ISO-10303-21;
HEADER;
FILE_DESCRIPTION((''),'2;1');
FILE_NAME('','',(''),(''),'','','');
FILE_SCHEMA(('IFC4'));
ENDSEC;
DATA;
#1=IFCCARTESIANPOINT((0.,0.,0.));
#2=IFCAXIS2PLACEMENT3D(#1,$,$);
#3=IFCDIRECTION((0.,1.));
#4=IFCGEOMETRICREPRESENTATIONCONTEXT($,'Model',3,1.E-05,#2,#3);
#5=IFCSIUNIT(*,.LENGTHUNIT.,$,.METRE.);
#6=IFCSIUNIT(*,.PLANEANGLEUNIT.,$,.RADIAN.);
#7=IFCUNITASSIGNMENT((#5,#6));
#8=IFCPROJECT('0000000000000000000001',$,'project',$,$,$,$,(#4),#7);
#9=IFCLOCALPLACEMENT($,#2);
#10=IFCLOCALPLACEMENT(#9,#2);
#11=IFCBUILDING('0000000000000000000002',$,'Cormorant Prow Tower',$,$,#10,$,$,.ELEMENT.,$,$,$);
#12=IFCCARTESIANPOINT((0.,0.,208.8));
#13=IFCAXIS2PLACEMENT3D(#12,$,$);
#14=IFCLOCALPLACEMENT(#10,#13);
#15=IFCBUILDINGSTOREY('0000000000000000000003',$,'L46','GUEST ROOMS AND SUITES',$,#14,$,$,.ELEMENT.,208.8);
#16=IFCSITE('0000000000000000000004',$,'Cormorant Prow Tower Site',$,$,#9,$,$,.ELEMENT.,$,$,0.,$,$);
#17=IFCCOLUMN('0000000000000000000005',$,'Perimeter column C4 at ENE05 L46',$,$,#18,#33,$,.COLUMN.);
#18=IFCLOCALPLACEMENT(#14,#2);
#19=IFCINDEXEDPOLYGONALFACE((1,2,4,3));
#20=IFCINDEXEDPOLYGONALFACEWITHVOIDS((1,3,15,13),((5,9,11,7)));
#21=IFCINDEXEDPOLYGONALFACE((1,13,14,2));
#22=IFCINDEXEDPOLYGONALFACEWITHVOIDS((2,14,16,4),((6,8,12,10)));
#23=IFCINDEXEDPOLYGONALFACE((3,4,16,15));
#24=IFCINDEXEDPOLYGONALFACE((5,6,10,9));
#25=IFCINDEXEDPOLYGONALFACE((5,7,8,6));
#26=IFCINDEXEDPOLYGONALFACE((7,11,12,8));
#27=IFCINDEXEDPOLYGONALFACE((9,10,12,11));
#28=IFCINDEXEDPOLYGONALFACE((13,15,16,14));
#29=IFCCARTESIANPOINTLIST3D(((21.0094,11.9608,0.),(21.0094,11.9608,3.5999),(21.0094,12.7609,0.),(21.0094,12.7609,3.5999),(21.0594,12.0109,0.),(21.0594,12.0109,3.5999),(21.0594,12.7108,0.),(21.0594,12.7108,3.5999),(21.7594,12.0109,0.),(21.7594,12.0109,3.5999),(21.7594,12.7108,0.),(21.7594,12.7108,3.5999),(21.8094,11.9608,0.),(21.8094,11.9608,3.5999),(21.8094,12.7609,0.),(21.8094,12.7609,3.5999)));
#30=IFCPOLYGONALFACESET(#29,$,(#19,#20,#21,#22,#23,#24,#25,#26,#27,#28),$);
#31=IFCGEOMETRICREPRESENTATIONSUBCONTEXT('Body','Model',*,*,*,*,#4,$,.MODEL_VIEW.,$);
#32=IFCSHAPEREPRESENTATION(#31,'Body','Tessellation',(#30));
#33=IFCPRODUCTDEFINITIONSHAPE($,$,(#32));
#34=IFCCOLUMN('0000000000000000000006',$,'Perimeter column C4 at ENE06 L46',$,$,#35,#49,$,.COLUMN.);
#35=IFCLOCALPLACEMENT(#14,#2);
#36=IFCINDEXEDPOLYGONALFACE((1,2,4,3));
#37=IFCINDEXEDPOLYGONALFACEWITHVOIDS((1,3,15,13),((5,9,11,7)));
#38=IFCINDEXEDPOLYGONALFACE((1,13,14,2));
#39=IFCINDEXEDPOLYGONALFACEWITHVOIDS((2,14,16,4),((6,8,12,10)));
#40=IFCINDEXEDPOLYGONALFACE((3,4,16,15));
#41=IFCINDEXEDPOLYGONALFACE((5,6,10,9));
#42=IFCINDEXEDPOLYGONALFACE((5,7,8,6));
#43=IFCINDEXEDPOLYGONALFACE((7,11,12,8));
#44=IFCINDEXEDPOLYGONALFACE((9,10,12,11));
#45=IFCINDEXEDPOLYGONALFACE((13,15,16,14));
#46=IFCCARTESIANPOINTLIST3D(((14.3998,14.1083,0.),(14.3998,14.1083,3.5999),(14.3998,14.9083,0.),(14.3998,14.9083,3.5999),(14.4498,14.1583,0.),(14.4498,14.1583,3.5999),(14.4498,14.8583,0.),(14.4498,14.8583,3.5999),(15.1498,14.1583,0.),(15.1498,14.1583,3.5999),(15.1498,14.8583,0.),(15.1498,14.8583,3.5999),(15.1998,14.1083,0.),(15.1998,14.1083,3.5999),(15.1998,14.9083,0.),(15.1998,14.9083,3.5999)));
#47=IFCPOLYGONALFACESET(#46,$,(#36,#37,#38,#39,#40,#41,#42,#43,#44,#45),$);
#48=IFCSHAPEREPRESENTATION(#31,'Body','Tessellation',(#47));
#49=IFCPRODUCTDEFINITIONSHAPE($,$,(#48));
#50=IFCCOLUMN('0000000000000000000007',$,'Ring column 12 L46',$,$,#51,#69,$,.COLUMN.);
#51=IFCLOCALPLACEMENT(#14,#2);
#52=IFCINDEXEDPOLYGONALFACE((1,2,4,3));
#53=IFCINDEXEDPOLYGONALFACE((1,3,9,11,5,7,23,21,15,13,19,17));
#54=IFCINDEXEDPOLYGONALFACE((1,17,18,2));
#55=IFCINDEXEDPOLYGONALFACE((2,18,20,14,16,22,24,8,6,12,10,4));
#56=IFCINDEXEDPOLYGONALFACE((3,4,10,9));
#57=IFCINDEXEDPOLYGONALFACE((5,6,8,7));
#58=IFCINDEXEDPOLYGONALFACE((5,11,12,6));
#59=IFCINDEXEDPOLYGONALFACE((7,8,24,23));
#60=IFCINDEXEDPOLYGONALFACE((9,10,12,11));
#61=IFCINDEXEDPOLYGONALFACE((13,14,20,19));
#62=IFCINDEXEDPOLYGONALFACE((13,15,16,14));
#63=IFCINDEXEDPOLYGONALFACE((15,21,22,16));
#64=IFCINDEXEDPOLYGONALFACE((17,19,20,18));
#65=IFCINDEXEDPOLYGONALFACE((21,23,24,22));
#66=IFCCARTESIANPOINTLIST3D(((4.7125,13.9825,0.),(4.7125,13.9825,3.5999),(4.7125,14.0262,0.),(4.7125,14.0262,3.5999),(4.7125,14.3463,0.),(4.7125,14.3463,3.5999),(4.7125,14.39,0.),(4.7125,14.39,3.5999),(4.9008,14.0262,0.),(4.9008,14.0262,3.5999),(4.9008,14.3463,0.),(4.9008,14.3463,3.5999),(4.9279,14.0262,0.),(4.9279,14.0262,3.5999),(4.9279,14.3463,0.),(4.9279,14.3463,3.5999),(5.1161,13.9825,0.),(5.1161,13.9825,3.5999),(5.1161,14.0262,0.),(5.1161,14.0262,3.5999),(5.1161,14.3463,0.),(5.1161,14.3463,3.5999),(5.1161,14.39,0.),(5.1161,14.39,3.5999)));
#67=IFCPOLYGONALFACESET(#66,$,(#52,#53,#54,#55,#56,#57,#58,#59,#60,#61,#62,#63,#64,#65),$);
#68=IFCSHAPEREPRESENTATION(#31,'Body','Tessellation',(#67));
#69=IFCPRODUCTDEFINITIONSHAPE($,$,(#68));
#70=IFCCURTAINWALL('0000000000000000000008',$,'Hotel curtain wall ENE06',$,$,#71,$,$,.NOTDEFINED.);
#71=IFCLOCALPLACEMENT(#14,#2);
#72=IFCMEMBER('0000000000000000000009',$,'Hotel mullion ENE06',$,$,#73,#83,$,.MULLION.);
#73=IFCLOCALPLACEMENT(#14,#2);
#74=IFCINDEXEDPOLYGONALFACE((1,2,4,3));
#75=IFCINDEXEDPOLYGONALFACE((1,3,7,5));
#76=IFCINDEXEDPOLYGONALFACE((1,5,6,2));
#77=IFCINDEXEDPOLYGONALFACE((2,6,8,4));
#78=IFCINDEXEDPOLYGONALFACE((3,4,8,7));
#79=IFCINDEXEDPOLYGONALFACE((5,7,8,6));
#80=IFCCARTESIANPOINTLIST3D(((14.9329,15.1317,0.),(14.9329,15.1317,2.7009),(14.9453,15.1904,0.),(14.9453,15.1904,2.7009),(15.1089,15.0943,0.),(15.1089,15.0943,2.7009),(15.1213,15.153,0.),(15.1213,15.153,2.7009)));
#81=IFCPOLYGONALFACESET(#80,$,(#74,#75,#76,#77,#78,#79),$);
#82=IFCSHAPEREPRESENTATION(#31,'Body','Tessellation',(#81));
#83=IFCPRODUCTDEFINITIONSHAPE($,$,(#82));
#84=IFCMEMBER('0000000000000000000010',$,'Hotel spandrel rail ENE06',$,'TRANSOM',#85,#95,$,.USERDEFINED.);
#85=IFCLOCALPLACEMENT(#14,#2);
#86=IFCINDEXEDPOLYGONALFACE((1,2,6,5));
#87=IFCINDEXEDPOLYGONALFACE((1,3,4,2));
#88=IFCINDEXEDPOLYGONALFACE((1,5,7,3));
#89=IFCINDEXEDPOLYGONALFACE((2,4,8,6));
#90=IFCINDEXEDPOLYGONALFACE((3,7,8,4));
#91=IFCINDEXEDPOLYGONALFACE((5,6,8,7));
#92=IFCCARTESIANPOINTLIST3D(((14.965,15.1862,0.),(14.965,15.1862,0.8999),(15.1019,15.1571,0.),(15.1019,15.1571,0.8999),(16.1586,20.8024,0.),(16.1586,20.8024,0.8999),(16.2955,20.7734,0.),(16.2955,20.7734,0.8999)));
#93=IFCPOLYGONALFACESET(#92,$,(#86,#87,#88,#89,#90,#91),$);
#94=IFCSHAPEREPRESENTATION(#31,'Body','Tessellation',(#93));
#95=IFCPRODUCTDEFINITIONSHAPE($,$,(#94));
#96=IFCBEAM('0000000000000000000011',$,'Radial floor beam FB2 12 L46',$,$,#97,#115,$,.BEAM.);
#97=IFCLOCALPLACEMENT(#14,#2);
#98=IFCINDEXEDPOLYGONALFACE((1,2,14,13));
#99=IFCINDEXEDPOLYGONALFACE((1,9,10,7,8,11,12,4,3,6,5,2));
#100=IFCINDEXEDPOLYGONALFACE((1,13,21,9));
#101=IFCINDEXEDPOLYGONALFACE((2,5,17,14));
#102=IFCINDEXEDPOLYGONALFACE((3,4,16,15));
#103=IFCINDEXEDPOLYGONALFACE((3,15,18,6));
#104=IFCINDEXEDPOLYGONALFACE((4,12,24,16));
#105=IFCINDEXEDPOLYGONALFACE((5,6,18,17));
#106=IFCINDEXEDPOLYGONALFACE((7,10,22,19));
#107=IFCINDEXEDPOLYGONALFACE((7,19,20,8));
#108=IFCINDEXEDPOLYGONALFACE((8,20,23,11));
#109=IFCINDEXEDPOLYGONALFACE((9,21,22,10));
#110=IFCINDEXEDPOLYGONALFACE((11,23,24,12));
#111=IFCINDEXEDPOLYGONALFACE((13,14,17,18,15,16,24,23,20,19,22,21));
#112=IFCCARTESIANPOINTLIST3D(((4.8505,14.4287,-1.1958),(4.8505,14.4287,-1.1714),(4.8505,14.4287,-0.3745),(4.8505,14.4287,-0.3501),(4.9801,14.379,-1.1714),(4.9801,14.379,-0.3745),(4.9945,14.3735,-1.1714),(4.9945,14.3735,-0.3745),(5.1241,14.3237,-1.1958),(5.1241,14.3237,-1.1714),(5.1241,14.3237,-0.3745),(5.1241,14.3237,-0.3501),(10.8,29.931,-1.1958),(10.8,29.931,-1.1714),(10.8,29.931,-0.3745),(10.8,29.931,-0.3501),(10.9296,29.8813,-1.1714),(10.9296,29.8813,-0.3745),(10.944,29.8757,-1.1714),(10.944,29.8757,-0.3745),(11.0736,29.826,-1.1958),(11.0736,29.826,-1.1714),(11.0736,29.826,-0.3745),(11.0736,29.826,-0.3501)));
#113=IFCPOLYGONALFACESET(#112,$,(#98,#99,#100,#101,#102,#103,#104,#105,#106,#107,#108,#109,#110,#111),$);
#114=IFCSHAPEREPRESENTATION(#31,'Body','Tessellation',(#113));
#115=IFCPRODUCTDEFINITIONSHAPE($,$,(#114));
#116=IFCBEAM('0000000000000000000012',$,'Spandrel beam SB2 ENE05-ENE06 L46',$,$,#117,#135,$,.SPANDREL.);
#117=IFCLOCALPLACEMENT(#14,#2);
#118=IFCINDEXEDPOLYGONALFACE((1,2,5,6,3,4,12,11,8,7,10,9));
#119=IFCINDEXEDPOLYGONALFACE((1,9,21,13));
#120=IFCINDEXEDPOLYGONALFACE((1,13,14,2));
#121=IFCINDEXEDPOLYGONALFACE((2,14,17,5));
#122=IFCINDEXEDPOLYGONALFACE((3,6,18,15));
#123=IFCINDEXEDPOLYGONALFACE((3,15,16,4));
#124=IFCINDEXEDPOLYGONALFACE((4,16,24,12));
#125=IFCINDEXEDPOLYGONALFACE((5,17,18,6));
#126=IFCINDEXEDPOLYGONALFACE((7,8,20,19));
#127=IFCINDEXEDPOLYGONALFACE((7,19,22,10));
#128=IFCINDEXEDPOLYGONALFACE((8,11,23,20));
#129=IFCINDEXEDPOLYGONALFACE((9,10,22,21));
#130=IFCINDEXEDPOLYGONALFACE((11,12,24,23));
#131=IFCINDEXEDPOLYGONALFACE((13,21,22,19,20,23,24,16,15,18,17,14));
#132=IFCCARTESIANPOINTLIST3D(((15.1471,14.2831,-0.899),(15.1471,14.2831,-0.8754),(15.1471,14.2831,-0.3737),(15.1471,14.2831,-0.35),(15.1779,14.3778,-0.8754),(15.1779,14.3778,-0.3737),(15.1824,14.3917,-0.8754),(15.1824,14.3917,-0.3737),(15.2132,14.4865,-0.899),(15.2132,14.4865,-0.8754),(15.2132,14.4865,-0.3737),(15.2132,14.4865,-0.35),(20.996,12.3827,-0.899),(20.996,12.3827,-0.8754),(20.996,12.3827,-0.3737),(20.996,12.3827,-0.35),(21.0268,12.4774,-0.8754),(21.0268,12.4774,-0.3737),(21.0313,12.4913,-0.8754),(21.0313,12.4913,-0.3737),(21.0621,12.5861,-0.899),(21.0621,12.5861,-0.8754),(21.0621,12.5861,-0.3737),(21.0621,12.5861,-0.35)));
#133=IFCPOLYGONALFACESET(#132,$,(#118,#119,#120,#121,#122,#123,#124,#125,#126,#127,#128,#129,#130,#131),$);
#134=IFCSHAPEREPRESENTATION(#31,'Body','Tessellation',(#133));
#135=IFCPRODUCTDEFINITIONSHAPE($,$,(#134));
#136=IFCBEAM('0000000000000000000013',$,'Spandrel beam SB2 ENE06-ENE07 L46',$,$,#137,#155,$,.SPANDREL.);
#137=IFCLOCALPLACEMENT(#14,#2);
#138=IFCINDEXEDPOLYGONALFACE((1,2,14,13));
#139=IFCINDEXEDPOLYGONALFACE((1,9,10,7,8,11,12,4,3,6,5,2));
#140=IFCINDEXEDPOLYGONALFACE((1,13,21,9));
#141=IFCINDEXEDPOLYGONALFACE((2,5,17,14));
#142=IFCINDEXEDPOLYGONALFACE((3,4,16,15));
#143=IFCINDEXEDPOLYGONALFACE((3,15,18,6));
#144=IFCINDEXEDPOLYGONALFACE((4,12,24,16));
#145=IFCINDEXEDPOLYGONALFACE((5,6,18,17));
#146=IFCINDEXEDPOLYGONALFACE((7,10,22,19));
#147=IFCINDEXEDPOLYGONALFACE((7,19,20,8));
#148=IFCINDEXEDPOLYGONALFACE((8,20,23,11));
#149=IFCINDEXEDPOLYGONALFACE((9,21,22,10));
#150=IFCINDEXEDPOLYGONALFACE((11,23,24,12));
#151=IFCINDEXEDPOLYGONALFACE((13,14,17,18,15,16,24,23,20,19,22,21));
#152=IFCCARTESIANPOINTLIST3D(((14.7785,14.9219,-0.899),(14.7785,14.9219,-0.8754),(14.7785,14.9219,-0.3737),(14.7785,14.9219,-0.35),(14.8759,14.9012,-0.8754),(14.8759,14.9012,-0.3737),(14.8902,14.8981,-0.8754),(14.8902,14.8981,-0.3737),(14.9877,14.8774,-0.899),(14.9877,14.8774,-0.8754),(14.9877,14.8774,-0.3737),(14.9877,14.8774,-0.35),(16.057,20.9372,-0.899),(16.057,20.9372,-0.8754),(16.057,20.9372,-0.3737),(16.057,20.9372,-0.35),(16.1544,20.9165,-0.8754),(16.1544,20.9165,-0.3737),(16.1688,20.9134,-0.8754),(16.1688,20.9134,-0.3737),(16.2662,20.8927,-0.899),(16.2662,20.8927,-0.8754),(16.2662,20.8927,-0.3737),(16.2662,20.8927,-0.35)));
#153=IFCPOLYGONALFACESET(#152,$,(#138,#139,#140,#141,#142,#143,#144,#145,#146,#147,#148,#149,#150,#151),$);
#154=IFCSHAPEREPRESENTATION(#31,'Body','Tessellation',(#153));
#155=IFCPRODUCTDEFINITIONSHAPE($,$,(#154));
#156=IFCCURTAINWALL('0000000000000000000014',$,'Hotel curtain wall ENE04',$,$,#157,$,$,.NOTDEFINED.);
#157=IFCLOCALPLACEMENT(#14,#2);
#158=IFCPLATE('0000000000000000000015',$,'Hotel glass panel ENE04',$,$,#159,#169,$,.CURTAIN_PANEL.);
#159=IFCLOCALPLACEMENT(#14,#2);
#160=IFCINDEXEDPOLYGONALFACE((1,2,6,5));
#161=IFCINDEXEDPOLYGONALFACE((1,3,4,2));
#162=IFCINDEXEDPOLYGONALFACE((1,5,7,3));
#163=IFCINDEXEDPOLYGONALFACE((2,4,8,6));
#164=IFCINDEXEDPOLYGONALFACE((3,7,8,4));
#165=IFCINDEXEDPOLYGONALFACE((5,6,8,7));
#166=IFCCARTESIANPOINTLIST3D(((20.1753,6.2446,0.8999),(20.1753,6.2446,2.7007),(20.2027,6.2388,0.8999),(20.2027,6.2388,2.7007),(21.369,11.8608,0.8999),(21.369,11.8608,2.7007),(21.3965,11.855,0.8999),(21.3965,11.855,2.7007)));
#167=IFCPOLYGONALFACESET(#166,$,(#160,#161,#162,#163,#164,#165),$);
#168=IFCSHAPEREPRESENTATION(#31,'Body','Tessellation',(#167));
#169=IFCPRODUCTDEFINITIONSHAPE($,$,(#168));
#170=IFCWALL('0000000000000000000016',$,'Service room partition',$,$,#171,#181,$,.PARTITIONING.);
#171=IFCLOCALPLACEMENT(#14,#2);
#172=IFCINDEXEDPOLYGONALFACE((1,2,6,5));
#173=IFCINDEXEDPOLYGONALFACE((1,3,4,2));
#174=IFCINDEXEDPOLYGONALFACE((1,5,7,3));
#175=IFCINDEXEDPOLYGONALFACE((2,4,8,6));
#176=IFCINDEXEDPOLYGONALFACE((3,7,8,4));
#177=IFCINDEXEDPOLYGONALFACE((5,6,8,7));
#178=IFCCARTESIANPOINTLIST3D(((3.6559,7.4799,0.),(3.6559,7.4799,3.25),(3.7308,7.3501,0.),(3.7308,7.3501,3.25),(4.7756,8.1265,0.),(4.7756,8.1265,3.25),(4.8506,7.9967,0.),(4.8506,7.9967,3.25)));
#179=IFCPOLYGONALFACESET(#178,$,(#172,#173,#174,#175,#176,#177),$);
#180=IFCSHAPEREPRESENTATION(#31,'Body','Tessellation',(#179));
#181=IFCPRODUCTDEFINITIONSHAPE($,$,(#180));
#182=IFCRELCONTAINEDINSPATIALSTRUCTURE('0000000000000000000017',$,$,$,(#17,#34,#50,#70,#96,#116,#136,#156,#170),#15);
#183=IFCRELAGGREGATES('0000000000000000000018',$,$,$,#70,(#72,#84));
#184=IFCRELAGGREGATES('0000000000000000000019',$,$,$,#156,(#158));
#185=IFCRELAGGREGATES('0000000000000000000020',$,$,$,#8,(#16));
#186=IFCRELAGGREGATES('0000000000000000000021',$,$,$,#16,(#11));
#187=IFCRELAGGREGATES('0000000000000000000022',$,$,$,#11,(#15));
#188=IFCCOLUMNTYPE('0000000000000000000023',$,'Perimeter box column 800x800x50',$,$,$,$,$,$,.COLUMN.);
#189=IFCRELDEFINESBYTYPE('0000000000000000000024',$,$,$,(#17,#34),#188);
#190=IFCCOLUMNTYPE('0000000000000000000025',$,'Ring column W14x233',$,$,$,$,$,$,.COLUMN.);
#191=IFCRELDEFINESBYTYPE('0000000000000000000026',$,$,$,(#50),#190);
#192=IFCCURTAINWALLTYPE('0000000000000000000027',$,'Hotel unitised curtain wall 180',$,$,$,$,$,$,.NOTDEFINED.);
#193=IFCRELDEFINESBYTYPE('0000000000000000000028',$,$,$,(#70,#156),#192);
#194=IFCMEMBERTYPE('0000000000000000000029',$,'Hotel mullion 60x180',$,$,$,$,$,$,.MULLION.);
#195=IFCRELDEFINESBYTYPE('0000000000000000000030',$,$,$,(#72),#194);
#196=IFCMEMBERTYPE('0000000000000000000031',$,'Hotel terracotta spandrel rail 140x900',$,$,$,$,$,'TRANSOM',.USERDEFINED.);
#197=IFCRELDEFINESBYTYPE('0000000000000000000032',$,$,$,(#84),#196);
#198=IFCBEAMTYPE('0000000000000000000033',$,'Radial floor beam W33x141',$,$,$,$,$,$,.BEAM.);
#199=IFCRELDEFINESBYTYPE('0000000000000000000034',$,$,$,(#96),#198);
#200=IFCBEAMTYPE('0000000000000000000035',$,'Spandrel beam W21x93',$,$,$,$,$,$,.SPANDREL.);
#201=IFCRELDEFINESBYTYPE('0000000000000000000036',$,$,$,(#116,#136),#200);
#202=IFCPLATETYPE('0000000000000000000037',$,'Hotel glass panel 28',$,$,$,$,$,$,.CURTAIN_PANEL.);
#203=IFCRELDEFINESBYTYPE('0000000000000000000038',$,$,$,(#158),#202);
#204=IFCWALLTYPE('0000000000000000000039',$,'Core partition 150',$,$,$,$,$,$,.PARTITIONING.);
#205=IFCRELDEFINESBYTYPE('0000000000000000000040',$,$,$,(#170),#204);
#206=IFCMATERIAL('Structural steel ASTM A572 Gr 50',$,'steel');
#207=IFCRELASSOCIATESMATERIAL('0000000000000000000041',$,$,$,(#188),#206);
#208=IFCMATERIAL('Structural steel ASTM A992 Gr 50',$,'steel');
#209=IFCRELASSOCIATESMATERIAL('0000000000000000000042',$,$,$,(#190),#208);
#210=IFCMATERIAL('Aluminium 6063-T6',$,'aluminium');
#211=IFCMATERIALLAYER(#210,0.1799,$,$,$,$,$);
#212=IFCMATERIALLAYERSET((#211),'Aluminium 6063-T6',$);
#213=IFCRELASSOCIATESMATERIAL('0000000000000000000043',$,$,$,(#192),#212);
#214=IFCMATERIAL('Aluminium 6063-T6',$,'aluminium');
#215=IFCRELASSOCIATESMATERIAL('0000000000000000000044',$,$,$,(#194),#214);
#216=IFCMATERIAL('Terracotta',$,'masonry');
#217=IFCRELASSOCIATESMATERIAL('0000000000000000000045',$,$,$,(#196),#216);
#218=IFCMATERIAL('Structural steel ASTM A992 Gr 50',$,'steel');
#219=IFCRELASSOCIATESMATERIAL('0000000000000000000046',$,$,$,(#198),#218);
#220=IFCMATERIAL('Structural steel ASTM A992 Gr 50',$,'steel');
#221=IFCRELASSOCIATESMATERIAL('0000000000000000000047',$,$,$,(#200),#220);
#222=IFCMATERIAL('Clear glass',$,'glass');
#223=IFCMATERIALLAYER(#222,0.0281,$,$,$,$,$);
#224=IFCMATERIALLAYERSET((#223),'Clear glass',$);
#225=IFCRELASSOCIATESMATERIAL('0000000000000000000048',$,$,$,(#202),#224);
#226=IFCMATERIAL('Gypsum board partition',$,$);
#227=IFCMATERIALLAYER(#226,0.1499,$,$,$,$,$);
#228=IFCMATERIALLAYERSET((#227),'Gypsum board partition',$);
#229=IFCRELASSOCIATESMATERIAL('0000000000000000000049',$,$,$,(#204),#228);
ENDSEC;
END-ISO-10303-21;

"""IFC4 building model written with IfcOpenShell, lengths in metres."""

from ifc_helpers import new_model, si_unit, direction, frame, frame_2d, origin, origin_2d, place, context, subcontext, project, spatial, rectangle, hollow_rectangle, i_section, extrude, material, layer, layer_set, material_profile, profile_set, type_object, element, aggregate, save


model = new_model("IFC4")

# Units and contexts
model_context = context("Model", 3, precision=1e-05, world=origin(), true_north=direction((0.0, 1.0)))
body_context = subcontext(model_context, "Body", "Model", "MODEL_VIEW")
ifc_project = project(units=[si_unit("LENGTHUNIT", "METRE"), si_unit("PLANEANGLEUNIT", "RADIAN")], contexts=[model_context])

# Site, building, storey
site_placement = place(None, origin())
site = spatial("IfcSite", under=ifc_project, at=site_placement, Name="Cormorant Prow Tower Site", CompositionType="ELEMENT", RefElevation=0.0)
building_placement = place(site_placement, origin())
building = spatial("IfcBuilding", under=site, at=building_placement, Name="Cormorant Prow Tower", CompositionType="ELEMENT")
storey_placement = place(building_placement, frame((0.0, 0.0, 208.8)))
storey = spatial("IfcBuildingStorey", under=building, at=storey_placement, Name="L46", Description="GUEST ROOMS AND SUITES", CompositionType="ELEMENT", Elevation=208.8)

# Columns
ifc_material_1 = material(Name="Structural steel ASTM A572 Gr 50", Category="steel")
ifc_material_profile_1 = material_profile(ifc_material_1, hollow_rectangle(XDim=0.8, YDim=0.8, WallThickness=0.05, at=origin_2d()), Name="Box 800x800x50")
ifc_profile_set_1 = profile_set([ifc_material_profile_1], Name="Structural steel ASTM A572 Gr 50")
column_type_1 = type_object("IfcColumnType", Name="Perimeter box column 800x800x50", PredefinedType="COLUMN", material=ifc_profile_set_1)
for number, where, z_axis, x_axis, name in (
    (1, (21.4094, 12.3608, 0.0), (0.0, 0.0, 1.0), (1.0, 0.0, 0.0), "Perimeter column C4 at ENE05 L46"),
    (2, (14.7998, 14.5083, 0.0), (0.0, 0.0, 1.0), (1.0, 0.0, 0.0), "Perimeter column C4 at ENE06 L46"),
):
    element("IfcColumn", number, at=place(storey_placement, frame(where, z_axis=z_axis, x_axis=x_axis)), inside=storey, type_object=column_type_1, Name=name, PredefinedType="COLUMN", context=body_context, shape_type="SweptSolid", body=[
        extrude(hollow_rectangle(XDim=0.8, YDim=0.8, WallThickness=0.05, at=origin_2d()), origin(), (0.0, 0.0, 1.0), 3.5999),
    ])
ifc_material_2 = material(Name="Structural steel ASTM A992 Gr 50", Category="steel")
ifc_material_profile_2 = material_profile(ifc_material_2, i_section(OverallWidth=0.4036, OverallDepth=0.4075, WebThickness=0.0271, FlangeThickness=0.0437, at=origin_2d()), Name="W14x233")
ifc_profile_set_2 = profile_set([ifc_material_profile_2], Name="Structural steel ASTM A992 Gr 50")
column_type_2 = type_object("IfcColumnType", Name="Ring column W14x233", PredefinedType="COLUMN", material=ifc_profile_set_2)
column_placement = place(storey_placement, frame((4.9143, 14.1863, 0.0), z_axis=(0.0, 0.0, 1.0), x_axis=(1.0, 0.0, 0.0)))
element("IfcColumn", 3, at=column_placement, inside=storey, type_object=column_type_2, Name="Ring column 12 L46", PredefinedType="COLUMN", context=body_context, shape_type="SweptSolid", body=[
    extrude(i_section(OverallWidth=0.4036, OverallDepth=0.4075, WebThickness=0.0271, FlangeThickness=0.0437, at=origin_2d()), origin(), (0.0, 0.0, 1.0), 3.5999),
])

# Curtain wall, members
ifc_material_3 = material(Name="Aluminium 6063-T6", Category="aluminium")
ifc_layer_1 = layer(ifc_material_3, 0.1799)
ifc_layer_set_1 = layer_set([ifc_layer_1], Name="Aluminium 6063-T6")
curtain_wall_type = type_object("IfcCurtainWallType", Name="Hotel unitised curtain wall 180", PredefinedType="NOTDEFINED", material=ifc_layer_set_1)
curtain_wall_1_placement = place(storey_placement, origin())
curtain_wall_1 = element("IfcCurtainWall", 4, at=curtain_wall_1_placement, inside=storey, type_object=curtain_wall_type, Name="Hotel curtain wall ENE06", PredefinedType="NOTDEFINED")
ifc_material_4 = material(Name="Aluminium 6063-T6", Category="aluminium")
ifc_material_profile_3 = material_profile(ifc_material_4, rectangle(XDim=0.1799, YDim=0.0601, at=origin_2d()), Name="Hotel mullion 60x180")
ifc_profile_set_3 = profile_set([ifc_material_profile_3], Name="Aluminium 6063-T6")
member_type_1 = type_object("IfcMemberType", Name="Hotel mullion 60x180", PredefinedType="MULLION", material=ifc_profile_set_3)
member_1_placement = place(storey_placement, frame((15.0271, 15.1423, 0.0), z_axis=(0.0, 0.0, 1.0), x_axis=(-0.978148, 0.207912, 0.0)))
member_1 = element("IfcMember", 5, at=member_1_placement, type_object=member_type_1, Name="Hotel mullion ENE06", PredefinedType="MULLION", context=body_context, shape_type="SweptSolid", body=[
    extrude(rectangle(XDim=0.1799, YDim=0.0601, at=origin_2d()), origin(), (0.0, 0.0, 1.0), 2.7009),
])
ifc_material_5 = material(Name="Terracotta", Category="masonry")
ifc_material_profile_4 = material_profile(ifc_material_5, rectangle(XDim=0.1399, YDim=0.8999, at=origin_2d()), Name="Hotel terracotta spandrel rail 140x900")
ifc_profile_set_4 = profile_set([ifc_material_profile_4], Name="Terracotta")
member_type_2 = type_object("IfcMemberType", Name="Hotel terracotta spandrel rail 140x900", ElementType="TRANSOM", PredefinedType="USERDEFINED", material=ifc_profile_set_4)
member_2_placement = place(storey_placement, frame((15.0334, 15.1716, 0.45), z_axis=(0.207885, 0.978153, 0.0), x_axis=(-0.978153, 0.207885, 0.0)))
member_2 = element("IfcMember", 6, at=member_2_placement, type_object=member_type_2, Name="Hotel spandrel rail ENE06", ObjectType="TRANSOM", PredefinedType="USERDEFINED", context=body_context, shape_type="SweptSolid", body=[
    extrude(rectangle(XDim=0.1399, YDim=0.8999, at=origin_2d()), origin(), (0.0, 0.0, 1.0), 5.7417),
])
aggregate(curtain_wall_1, [member_1, member_2])

# Beams
ifc_material_6 = material(Name="Structural steel ASTM A992 Gr 50", Category="steel")
ifc_material_profile_5 = material_profile(ifc_material_6, i_section(OverallWidth=0.293, OverallDepth=0.8457, WebThickness=0.0154, FlangeThickness=0.0244, at=origin_2d()), Name="W33x141")
ifc_profile_set_5 = profile_set([ifc_material_profile_5], Name="Structural steel ASTM A992 Gr 50")
beam_type_1 = type_object("IfcBeamType", Name="Radial floor beam W33x141", PredefinedType="BEAM", material=ifc_profile_set_5)
beam_1_placement = place(storey_placement, frame((4.9873, 14.3762, -0.7729), z_axis=(0.358301, 0.933606, 0.0), x_axis=(-0.933606, 0.358301, 0.0)))
element("IfcBeam", 7, at=beam_1_placement, inside=storey, type_object=beam_type_1, Name="Radial floor beam FB2 12 L46", PredefinedType="BEAM", context=body_context, shape_type="SweptSolid", body=[
    extrude(i_section(OverallWidth=0.293, OverallDepth=0.8457, WebThickness=0.0154, FlangeThickness=0.0244, at=origin_2d()), origin(), (0.0, 0.0, 1.0), 16.6047),
])
ifc_material_7 = material(Name="Structural steel ASTM A992 Gr 50", Category="steel")
ifc_material_profile_6 = material_profile(ifc_material_7, i_section(OverallWidth=0.2139, OverallDepth=0.5491, WebThickness=0.0146, FlangeThickness=0.0237, at=origin_2d()), Name="W21x93")
ifc_profile_set_6 = profile_set([ifc_material_profile_6], Name="Structural steel ASTM A992 Gr 50")
beam_type_2 = type_object("IfcBeamType", Name="Spandrel beam W21x93", PredefinedType="SPANDREL", material=ifc_profile_set_6)
beam_2_placement = place(storey_placement, frame((21.0291, 12.4844, -0.6245), z_axis=(-0.951058, 0.309013, 0.0), x_axis=(-0.309013, -0.951058, 0.0)))
element("IfcBeam", 8, at=beam_2_placement, inside=storey, type_object=beam_type_2, Name="Spandrel beam SB2 ENE05-ENE06 L46", PredefinedType="SPANDREL", context=body_context, shape_type="SweptSolid", body=[
    extrude(i_section(OverallWidth=0.2139, OverallDepth=0.5491, WebThickness=0.0146, FlangeThickness=0.0237, at=origin_2d()), origin(), (0.0, 0.0, 1.0), 6.1499),
])
beam_3_placement = place(storey_placement, frame((14.8831, 14.8997, -0.6245), z_axis=(0.207905, 0.978149, 0.0), x_axis=(-0.978149, 0.207905, 0.0)))
element("IfcBeam", 9, at=beam_3_placement, inside=storey, type_object=beam_type_2, Name="Spandrel beam SB2 ENE06-ENE07 L46", PredefinedType="SPANDREL", context=body_context, shape_type="SweptSolid", body=[
    extrude(i_section(OverallWidth=0.2139, OverallDepth=0.5491, WebThickness=0.0146, FlangeThickness=0.0237, at=origin_2d()), origin(), (0.0, 0.0, 1.0), 6.1497),
])

# Curtain wall, plate
curtain_wall_2_placement = place(storey_placement, origin())
curtain_wall_2 = element("IfcCurtainWall", 10, at=curtain_wall_2_placement, inside=storey, type_object=curtain_wall_type, Name="Hotel curtain wall ENE04", PredefinedType="NOTDEFINED")
ifc_material_8 = material(Name="Clear glass", Category="glass")
ifc_layer_2 = layer(ifc_material_8, 0.0281)
ifc_layer_set_2 = layer_set([ifc_layer_2], Name="Clear glass")
plate_type = type_object("IfcPlateType", Name="Hotel glass panel 28", PredefinedType="CURTAIN_PANEL", material=ifc_layer_set_2)
plate_placement = place(storey_placement, frame((20.7859, 9.0498, 0.8999), z_axis=(0.0, 0.0, 1.0), x_axis=(0.207912, 0.978148, 0.0)))
plate = element("IfcPlate", 11, at=plate_placement, type_object=plate_type, Name="Hotel glass panel ENE04", PredefinedType="CURTAIN_PANEL", context=body_context, shape_type="SweptSolid", body=[
    extrude(rectangle(XDim=5.7417, YDim=0.0281, at=origin_2d()), origin(), (0.0, 0.0, 1.0), 1.8008),
])
aggregate(curtain_wall_2, [plate])

# Wall
ifc_material_9 = material(Name="Gypsum board partition")
ifc_layer_3 = layer(ifc_material_9, 0.1499)
ifc_layer_set_3 = layer_set([ifc_layer_3], Name="Gypsum board partition")
wall_type_1 = type_object("IfcWallType", Name="Core partition 150", PredefinedType="PARTITIONING", material=ifc_layer_set_3)
wall_1_placement = place(storey_placement, frame((3.6934, 7.415, 0.0), z_axis=(0.0, 0.0, 1.0), x_axis=(0.866003, 0.500038, 0.0)))
element("IfcWall", 12, at=wall_1_placement, inside=storey, type_object=wall_type_1, Name="Service room partition", PredefinedType="PARTITIONING", context=body_context, shape_type="SweptSolid", body=[
    extrude(rectangle(XDim=1.293, YDim=0.1499, at=frame_2d((0.6465, 0.0))), origin(), (0.0, 0.0, 1.0), 3.25),
])

save(model, "model.ifc")
